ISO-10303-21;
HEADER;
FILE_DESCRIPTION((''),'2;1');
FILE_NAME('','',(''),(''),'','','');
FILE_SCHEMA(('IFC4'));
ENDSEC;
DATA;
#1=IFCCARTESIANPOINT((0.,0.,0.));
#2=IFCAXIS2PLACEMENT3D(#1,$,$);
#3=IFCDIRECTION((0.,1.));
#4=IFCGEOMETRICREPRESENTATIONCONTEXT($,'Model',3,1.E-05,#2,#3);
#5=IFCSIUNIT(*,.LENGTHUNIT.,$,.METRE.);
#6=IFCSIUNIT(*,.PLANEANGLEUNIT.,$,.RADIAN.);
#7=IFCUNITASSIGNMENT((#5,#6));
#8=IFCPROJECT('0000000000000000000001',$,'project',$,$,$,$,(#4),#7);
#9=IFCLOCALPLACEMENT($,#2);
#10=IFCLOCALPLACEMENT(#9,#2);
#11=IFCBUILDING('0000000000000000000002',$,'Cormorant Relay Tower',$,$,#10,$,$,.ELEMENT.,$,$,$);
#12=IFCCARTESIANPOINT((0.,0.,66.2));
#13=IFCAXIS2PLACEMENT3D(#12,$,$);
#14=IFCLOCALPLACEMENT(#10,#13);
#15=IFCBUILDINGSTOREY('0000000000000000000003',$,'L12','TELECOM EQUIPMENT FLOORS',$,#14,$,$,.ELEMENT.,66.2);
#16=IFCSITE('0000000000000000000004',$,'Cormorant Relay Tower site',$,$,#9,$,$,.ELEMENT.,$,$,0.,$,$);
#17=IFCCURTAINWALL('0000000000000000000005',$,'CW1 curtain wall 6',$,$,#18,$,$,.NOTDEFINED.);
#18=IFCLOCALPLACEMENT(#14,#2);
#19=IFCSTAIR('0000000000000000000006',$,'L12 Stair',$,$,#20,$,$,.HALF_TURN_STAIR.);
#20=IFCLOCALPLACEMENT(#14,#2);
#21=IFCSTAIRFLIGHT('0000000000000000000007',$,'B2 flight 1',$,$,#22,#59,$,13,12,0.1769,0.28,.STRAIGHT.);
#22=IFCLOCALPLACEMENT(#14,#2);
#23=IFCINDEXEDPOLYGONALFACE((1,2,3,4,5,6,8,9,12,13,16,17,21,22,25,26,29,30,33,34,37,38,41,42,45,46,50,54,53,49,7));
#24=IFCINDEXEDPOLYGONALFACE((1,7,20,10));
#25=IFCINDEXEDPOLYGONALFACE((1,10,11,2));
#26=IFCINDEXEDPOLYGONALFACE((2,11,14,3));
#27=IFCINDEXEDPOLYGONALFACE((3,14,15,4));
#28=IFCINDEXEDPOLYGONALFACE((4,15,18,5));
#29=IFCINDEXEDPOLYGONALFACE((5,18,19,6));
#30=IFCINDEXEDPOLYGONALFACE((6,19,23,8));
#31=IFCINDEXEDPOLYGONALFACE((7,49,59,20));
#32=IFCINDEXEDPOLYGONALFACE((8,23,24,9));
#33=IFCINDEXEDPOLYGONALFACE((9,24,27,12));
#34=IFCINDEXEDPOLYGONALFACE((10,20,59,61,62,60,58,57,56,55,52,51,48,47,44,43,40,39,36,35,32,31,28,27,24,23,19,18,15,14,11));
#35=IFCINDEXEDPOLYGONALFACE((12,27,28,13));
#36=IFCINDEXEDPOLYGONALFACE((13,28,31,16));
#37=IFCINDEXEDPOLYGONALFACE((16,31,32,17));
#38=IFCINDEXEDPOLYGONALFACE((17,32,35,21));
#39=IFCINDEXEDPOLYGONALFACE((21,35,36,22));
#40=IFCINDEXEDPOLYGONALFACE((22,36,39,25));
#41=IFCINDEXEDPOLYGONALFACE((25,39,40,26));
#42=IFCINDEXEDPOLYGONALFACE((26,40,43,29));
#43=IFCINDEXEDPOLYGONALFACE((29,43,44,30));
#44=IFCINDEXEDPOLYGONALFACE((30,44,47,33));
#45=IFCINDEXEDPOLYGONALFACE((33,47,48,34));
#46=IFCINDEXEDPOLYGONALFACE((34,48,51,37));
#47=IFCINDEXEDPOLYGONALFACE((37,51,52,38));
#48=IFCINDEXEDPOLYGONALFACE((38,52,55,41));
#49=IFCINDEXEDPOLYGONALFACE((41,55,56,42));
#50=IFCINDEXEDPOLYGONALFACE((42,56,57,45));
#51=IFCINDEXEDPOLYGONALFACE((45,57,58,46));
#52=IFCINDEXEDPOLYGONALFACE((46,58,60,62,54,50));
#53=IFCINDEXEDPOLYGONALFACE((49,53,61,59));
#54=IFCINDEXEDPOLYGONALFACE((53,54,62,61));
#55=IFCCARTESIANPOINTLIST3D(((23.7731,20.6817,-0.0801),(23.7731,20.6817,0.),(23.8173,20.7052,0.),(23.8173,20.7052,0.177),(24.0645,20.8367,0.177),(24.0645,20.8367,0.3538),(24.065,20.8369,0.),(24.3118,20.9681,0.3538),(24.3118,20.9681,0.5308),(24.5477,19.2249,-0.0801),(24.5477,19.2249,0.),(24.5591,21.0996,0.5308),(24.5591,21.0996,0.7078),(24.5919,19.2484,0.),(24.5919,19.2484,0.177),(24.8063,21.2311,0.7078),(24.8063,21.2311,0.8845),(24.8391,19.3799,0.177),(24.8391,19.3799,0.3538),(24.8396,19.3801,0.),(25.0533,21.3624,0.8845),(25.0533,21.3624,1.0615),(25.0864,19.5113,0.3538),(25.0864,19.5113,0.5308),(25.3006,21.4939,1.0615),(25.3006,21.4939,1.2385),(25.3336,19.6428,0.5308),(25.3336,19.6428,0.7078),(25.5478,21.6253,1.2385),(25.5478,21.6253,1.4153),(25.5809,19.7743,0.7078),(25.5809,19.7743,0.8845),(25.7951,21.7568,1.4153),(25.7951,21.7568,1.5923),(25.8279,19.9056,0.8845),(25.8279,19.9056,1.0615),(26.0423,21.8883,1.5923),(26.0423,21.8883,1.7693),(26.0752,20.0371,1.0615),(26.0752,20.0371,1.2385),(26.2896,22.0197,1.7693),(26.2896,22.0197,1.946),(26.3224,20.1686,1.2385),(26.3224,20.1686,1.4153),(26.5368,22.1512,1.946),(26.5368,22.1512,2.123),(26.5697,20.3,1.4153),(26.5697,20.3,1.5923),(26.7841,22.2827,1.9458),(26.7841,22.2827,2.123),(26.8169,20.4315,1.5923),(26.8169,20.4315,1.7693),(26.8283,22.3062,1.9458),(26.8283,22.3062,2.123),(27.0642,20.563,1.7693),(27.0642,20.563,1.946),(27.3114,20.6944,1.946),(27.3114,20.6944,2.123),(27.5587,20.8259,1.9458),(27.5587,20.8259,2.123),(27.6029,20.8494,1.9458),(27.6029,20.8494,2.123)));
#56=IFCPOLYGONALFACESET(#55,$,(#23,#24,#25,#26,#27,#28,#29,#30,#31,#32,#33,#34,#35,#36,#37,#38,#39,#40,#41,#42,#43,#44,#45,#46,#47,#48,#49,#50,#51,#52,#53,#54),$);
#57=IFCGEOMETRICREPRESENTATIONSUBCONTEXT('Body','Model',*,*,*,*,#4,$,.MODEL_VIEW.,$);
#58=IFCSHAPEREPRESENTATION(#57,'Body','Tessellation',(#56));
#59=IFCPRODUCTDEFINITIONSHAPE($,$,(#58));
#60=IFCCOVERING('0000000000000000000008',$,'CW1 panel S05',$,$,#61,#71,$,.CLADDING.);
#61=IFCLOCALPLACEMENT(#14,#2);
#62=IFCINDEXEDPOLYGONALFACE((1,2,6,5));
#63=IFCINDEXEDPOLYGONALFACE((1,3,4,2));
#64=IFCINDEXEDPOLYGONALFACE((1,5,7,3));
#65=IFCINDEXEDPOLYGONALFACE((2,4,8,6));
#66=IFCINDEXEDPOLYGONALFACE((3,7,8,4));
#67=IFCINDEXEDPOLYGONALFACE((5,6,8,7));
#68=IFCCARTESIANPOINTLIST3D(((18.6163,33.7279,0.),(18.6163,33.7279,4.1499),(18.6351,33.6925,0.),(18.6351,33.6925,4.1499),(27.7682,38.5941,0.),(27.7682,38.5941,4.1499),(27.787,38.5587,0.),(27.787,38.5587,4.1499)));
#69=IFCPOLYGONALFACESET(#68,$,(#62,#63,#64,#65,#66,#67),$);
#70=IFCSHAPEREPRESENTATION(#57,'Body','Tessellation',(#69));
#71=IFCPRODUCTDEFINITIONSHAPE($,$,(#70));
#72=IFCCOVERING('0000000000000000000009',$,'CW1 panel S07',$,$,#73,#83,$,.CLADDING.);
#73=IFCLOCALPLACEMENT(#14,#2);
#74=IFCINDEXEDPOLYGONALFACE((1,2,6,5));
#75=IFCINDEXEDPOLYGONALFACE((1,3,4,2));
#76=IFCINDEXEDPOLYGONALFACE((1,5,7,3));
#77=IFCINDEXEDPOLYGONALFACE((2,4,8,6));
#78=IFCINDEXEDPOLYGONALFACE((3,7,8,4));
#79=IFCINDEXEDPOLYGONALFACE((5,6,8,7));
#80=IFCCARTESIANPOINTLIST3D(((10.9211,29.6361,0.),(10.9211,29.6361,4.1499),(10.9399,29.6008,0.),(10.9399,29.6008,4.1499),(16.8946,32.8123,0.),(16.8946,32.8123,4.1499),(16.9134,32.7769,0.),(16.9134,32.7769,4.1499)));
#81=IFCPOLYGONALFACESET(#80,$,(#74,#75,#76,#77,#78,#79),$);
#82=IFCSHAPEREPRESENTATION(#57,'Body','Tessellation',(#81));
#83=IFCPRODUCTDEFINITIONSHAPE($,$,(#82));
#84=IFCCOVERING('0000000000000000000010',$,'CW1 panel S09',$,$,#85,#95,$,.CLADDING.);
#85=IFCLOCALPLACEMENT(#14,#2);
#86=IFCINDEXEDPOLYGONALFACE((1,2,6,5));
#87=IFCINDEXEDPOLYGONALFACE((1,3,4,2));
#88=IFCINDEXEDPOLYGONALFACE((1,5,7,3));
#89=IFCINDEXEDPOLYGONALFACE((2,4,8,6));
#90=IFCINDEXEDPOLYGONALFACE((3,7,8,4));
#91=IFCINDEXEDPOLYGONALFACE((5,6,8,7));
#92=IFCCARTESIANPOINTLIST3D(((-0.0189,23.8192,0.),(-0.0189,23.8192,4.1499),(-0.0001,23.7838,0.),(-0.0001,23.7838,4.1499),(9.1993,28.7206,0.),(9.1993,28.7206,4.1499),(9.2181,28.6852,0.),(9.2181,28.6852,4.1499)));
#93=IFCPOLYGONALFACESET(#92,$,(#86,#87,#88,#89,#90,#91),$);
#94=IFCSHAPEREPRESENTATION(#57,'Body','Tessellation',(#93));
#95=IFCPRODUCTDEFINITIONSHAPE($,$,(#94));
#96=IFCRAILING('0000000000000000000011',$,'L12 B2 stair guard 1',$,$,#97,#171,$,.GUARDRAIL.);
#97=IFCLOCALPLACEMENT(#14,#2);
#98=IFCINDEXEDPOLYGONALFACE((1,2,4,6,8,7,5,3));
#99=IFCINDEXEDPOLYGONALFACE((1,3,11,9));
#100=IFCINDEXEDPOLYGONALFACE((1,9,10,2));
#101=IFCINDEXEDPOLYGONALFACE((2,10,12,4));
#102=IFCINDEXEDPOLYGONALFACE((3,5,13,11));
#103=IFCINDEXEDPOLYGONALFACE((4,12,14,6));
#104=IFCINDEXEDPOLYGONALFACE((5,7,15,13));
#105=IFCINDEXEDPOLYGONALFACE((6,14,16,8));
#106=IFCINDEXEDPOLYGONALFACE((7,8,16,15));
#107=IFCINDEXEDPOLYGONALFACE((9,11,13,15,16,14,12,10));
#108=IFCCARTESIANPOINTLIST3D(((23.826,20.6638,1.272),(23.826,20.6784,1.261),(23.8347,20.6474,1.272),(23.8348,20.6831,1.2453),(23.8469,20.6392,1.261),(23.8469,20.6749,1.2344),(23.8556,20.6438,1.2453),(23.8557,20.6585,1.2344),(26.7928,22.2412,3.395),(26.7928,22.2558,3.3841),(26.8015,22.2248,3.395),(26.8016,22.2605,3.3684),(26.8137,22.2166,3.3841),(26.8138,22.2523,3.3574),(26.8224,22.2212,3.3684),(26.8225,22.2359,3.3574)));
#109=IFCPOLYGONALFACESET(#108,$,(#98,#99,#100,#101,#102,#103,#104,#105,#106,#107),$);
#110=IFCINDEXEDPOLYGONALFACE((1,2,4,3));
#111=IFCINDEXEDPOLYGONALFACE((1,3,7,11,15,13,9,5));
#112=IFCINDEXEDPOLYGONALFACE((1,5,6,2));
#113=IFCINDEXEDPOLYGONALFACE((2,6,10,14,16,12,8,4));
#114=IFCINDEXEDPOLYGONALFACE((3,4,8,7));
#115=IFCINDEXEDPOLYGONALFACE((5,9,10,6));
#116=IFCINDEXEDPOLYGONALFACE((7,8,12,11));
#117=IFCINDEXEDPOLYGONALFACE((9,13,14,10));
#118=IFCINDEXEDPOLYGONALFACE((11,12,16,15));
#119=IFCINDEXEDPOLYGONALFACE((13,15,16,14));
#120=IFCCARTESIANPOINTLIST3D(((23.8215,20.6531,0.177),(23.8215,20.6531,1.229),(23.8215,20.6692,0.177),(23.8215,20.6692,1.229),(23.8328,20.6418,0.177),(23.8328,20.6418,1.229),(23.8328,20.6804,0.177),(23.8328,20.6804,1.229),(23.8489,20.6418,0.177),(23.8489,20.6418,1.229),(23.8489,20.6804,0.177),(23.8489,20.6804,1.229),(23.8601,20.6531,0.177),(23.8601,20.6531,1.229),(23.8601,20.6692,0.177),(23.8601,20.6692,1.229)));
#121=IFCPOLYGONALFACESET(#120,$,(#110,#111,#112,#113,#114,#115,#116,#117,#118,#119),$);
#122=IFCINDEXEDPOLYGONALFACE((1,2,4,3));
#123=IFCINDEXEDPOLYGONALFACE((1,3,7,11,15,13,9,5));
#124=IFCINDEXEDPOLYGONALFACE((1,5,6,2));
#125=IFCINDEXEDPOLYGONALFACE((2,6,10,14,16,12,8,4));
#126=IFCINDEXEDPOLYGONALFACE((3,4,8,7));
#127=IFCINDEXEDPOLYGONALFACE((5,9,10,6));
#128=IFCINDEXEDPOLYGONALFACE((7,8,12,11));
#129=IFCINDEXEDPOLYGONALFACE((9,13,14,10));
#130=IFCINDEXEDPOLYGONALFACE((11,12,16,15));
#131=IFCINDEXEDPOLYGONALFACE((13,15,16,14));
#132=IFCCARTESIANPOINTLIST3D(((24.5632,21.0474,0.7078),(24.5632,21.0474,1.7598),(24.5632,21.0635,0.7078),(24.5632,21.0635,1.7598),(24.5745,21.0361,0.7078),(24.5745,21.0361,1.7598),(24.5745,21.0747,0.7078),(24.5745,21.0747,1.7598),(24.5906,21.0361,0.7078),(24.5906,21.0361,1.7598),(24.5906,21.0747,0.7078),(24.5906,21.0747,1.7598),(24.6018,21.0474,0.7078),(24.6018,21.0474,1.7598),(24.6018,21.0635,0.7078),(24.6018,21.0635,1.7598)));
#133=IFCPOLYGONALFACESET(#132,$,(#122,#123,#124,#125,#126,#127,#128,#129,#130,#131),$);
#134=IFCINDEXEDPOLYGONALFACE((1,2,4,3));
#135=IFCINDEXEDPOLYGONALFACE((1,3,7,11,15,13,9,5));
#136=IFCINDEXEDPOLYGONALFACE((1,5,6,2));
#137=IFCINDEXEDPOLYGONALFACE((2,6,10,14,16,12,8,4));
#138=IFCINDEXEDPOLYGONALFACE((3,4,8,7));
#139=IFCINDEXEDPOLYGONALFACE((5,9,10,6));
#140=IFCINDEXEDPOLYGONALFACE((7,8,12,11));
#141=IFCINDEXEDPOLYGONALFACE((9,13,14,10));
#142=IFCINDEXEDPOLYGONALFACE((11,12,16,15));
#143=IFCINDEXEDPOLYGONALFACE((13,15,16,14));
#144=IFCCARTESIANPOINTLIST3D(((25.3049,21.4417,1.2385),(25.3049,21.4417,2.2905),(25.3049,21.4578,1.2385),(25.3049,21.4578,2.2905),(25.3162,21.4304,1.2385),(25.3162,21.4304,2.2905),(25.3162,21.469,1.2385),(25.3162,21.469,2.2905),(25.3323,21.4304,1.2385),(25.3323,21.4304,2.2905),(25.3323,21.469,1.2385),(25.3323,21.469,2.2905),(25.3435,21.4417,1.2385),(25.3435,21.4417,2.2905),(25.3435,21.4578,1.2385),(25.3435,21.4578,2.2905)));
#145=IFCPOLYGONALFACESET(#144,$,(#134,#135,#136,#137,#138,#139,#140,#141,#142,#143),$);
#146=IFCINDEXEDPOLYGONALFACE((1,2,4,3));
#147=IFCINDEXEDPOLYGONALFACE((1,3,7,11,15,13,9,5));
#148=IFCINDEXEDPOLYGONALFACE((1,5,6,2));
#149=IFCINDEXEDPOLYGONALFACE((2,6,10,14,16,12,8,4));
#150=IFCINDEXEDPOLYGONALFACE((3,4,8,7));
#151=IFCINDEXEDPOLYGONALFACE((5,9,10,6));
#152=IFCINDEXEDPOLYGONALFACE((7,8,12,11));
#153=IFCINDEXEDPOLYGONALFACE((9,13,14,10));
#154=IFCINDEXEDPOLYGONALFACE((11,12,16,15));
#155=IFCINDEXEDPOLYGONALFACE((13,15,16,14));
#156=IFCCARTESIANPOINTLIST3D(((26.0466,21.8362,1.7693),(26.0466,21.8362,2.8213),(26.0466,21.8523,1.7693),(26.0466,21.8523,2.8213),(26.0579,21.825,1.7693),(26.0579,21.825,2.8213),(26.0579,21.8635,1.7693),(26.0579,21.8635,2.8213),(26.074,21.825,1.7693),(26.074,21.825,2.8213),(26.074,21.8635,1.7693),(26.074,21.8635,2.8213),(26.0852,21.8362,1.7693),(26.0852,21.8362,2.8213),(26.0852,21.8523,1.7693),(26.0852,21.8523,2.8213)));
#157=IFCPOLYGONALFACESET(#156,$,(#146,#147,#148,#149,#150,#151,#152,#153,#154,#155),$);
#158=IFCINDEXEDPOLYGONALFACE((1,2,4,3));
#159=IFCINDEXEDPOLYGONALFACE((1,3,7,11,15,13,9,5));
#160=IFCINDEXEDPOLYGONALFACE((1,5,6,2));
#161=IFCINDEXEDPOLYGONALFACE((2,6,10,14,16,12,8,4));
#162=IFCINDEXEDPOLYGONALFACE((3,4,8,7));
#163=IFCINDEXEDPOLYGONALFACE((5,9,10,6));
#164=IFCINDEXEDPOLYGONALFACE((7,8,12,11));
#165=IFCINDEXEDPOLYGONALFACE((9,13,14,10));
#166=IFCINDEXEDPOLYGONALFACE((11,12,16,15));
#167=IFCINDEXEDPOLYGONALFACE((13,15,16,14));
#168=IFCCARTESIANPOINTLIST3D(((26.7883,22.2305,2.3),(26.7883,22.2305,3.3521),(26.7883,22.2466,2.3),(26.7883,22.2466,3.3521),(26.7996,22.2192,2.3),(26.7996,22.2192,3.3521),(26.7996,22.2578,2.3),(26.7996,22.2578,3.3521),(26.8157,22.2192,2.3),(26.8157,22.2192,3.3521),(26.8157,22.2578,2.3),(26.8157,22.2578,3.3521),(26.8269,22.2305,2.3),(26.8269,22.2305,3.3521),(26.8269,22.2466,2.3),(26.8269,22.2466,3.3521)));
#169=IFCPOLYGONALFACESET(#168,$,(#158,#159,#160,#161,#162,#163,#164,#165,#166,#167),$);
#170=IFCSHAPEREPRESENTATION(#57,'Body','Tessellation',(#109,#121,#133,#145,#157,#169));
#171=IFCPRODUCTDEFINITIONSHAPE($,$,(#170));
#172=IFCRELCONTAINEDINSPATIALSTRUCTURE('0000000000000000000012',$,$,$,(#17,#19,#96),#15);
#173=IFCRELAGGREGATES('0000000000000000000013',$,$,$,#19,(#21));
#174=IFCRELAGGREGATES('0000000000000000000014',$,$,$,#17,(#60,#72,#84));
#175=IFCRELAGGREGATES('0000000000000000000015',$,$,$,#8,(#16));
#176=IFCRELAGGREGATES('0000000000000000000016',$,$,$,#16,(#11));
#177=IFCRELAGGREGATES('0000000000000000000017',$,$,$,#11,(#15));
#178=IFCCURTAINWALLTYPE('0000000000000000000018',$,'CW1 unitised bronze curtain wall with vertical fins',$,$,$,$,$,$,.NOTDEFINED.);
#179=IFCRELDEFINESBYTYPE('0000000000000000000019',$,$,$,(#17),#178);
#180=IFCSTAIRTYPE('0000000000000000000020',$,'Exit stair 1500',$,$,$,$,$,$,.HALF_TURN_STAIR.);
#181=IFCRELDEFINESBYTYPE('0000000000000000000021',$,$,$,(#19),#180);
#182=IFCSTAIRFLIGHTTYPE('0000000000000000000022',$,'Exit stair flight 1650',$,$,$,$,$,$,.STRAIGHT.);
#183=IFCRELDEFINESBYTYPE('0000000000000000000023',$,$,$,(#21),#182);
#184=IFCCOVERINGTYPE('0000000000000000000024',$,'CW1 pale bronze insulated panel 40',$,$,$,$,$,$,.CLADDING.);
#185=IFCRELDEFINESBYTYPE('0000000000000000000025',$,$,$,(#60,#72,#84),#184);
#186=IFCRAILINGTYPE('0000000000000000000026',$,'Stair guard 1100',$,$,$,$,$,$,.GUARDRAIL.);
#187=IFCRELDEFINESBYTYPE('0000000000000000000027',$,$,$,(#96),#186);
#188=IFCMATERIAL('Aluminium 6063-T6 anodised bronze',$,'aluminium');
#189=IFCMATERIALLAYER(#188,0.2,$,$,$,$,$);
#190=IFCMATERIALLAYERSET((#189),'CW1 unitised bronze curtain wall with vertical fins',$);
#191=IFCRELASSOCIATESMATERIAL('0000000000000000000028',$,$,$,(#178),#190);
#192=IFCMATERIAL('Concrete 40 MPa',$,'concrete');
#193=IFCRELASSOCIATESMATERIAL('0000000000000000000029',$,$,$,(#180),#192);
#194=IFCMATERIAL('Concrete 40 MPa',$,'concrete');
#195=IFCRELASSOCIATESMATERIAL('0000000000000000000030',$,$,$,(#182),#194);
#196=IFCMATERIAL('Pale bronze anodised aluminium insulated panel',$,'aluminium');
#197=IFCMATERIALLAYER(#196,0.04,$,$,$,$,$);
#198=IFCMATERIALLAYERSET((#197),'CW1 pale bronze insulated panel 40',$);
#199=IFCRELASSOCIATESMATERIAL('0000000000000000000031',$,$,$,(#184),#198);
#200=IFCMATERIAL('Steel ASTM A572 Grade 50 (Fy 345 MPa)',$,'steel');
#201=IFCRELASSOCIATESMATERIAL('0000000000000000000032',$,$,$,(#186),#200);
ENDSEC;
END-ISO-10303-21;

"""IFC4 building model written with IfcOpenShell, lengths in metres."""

from ifc_helpers import new_model, si_unit, direction, frame, origin, origin_2d, place, context, subcontext, project, spatial, polyline, rectangle, outline, extrude, material, layer, layer_set, type_object, element, aggregate, save


model = new_model("IFC4")

# Units and contexts
model_context = context("Model", 3, precision=1e-05, world=origin(), true_north=direction((0.0, 1.0)))
body_context = subcontext(model_context, "Body", "Model", "MODEL_VIEW")
ifc_project = project(units=[si_unit("LENGTHUNIT", "METRE"), si_unit("PLANEANGLEUNIT", "RADIAN")], contexts=[model_context])

# Site, building, storey
site_placement = place(None, origin())
site = spatial("IfcSite", under=ifc_project, at=site_placement, Name="Cormorant Relay Tower site", CompositionType="ELEMENT", RefElevation=0.0)
building_placement = place(site_placement, origin())
building = spatial("IfcBuilding", under=site, at=building_placement, Name="Cormorant Relay Tower", CompositionType="ELEMENT")
storey_placement = place(building_placement, frame((0.0, 0.0, 66.2)))
storey = spatial("IfcBuildingStorey", under=building, at=storey_placement, Name="L12", Description="TELECOM EQUIPMENT FLOORS", CompositionType="ELEMENT", Elevation=66.2)

# Curtain wall
ifc_material_1 = material(Name="Aluminium 6063-T6 anodised bronze", Category="aluminium")
ifc_layer_1 = layer(ifc_material_1, 0.2)
ifc_layer_set_1 = layer_set([ifc_layer_1], Name="CW1 unitised bronze curtain wall with vertical fins")
curtain_wall_type = type_object("IfcCurtainWallType", Name="CW1 unitised bronze curtain wall with vertical fins", PredefinedType="NOTDEFINED", material=ifc_layer_set_1)
curtain_wall_1_placement = place(storey_placement, origin())
curtain_wall_1 = element("IfcCurtainWall", 1, at=curtain_wall_1_placement, inside=storey, type_object=curtain_wall_type, Name="CW1 curtain wall 6", PredefinedType="NOTDEFINED")

# Stair, stair flight
ifc_material_2 = material(Name="Concrete 40 MPa", Category="concrete")
stair_type = type_object("IfcStairType", Name="Exit stair 1500", PredefinedType="HALF_TURN_STAIR", material=ifc_material_2)
stair_placement = place(storey_placement, origin())
stair = element("IfcStair", 2, at=stair_placement, inside=storey, type_object=stair_type, Name="L12 Stair", PredefinedType="HALF_TURN_STAIR")
ifc_material_3 = material(Name="Concrete 40 MPa", Category="concrete")
stair_flight_type = type_object("IfcStairFlightType", Name="Exit stair flight 1650", PredefinedType="STRAIGHT", material=ifc_material_3)
stair_flight_placement = place(storey_placement, frame((24.2046, 19.9768, 0.0), z_axis=(0.0, 0.0, 1.0), x_axis=(0.882948, 0.469472, 0.0)))
stair_flight = element("IfcStairFlight", 3, at=stair_flight_placement, type_object=stair_flight_type, Name="B2 flight 1", NumberOfRisers=13, NumberOfTreads=12, PredefinedType="STRAIGHT", RiserHeight=0.1769, TreadLength=0.28, context=body_context, shape_type="SweptSolid", body=[
    extrude(outline(polyline([(-0.05, -0.0801), (-0.05, 0.0), (0.0, 0.0), (0.0, 0.177), (0.28, 0.177), (0.28, 0.3538), (0.5601, 0.3538), (0.5601, 0.5308), (0.8401, 0.5308), (0.8401, 0.7078), (1.1201, 0.7078), (1.1201, 0.8845), (1.3999, 0.8845), (1.3999, 1.0615), (1.6799, 1.0615), (1.6799, 1.2385), (1.96, 1.2385), (1.96, 1.4153), (2.24, 1.4153), (2.24, 1.5923), (2.52, 1.5923), (2.52, 1.7693), (2.8, 1.7693), (2.8, 1.946), (3.0801, 1.946), (3.0801, 2.123), (3.3601, 2.123), (3.4102, 2.123), (3.4102, 1.9458), (3.3601, 1.9458), (0.2805, 0.0), (-0.05, -0.0801)])), frame((0.0, 0.825, 0.0), z_axis=(0.0, -1.0, 0.0), x_axis=(1.0, 0.0, 0.0)), (0.0, 0.0, 1.0), 1.6499),
])
aggregate(stair, [stair_flight])

# Coverings
ifc_material_4 = material(Name="Pale bronze anodised aluminium insulated panel", Category="aluminium")
ifc_layer_2 = layer(ifc_material_4, 0.04)
ifc_layer_set_2 = layer_set([ifc_layer_2], Name="CW1 pale bronze insulated panel 40")
covering_type = type_object("IfcCoveringType", Name="CW1 pale bronze insulated panel 40", PredefinedType="CLADDING", material=ifc_layer_set_2)
covering_1_placement = place(storey_placement, frame((23.2017, 36.1433, 0.0), z_axis=(0.0, 0.0, 1.0), x_axis=(-0.882948, -0.469472, 0.0)))
covering_1 = element("IfcCovering", 4, at=covering_1_placement, type_object=covering_type, Name="CW1 panel S05", PredefinedType="CLADDING", context=body_context, shape_type="SweptSolid", body=[
    extrude(rectangle(XDim=10.3652, YDim=0.04, at=origin_2d()), origin(), (0.0, 0.0, 1.0), 4.1499),
])
covering_2_placement = place(storey_placement, frame((13.9172, 31.2065, 0.0), z_axis=(0.0, 0.0, 1.0), x_axis=(-0.882948, -0.469472, 0.0)))
covering_2 = element("IfcCovering", 5, at=covering_2_placement, type_object=covering_type, Name="CW1 panel S07", PredefinedType="CLADDING", context=body_context, shape_type="SweptSolid", body=[
    extrude(rectangle(XDim=6.7654, YDim=0.04, at=origin_2d()), origin(), (0.0, 0.0, 1.0), 4.1499),
])
covering_3_placement = place(storey_placement, frame((4.5996, 26.2522, 0.0), z_axis=(0.0, 0.0, 1.0), x_axis=(-0.882948, -0.469472, 0.0)))
covering_3 = element("IfcCovering", 6, at=covering_3_placement, type_object=covering_type, Name="CW1 panel S09", PredefinedType="CLADDING", context=body_context, shape_type="SweptSolid", body=[
    extrude(rectangle(XDim=10.4402, YDim=0.04, at=origin_2d()), origin(), (0.0, 0.0, 1.0), 4.1499),
])
aggregate(curtain_wall_1, [covering_1, covering_2, covering_3])

# Railing
ifc_material_5 = material(Name="Steel ASTM A572 Grade 50 (Fy 345 MPa)", Category="steel")
railing_type_1 = type_object("IfcRailingType", Name="Stair guard 1100", PredefinedType="GUARDRAIL", material=ifc_material_5)
railing_1_placement = place(storey_placement, frame((23.8408, 20.6611, 0.177)))
element("IfcRailing", 7, at=railing_1_placement, inside=storey, type_object=railing_type_1, Name="L12 B2 stair guard 1", PredefinedType="GUARDRAIL", context=body_context, shape_type="SweptSolid", body=[
    extrude(outline(polyline([(0.0222, 0.0093), (0.0093, 0.0222), (-0.0093, 0.0222), (-0.0222, 0.0093), (-0.0222, -0.0093), (-0.0093, -0.0222), (0.0093, -0.0222), (0.0222, -0.0093), (0.0222, 0.0093)])), frame((0.0, 0.0, 1.0762), z_axis=(0.746441, 0.396869, 0.534155), x_axis=(-0.469453, 0.882958, 0.0)), (0.0, 0.0, 1.0), 3.9746),
    extrude(outline(polyline([(0.0193, 0.0081), (0.0081, 0.0193), (-0.0081, 0.0193), (-0.0193, 0.0081), (-0.0193, -0.0081), (-0.0081, -0.0193), (0.0081, -0.0193), (0.0193, -0.0081), (0.0193, 0.0081)])), origin(), (0.0, 0.0, 1.0), 1.052),
    extrude(outline(polyline([(0.0193, 0.0081), (0.0081, 0.0193), (-0.0081, 0.0193), (-0.0193, 0.0081), (-0.0193, -0.0081), (-0.0081, -0.0193), (0.0081, -0.0193), (0.0193, -0.0081), (0.0193, 0.0081)])), frame((0.7417, 0.3943, 0.5308)), (0.0, 0.0, 1.0), 1.052),
    extrude(outline(polyline([(0.0193, 0.0081), (0.0081, 0.0193), (-0.0081, 0.0193), (-0.0193, 0.0081), (-0.0193, -0.0081), (-0.0081, -0.0193), (0.0081, -0.0193), (0.0193, -0.0081), (0.0193, 0.0081)])), frame((1.4834, 0.7886, 1.0615)), (0.0, 0.0, 1.0), 1.052),
    extrude(outline(polyline([(0.0193, 0.0081), (0.0081, 0.0193), (-0.0081, 0.0193), (-0.0193, 0.0081), (-0.0193, -0.0081), (-0.0081, -0.0193), (0.0081, -0.0193), (0.0193, -0.0081), (0.0193, 0.0081)])), frame((2.2251, 1.1831, 1.5923)), (0.0, 0.0, 1.0), 1.052),
    extrude(outline(polyline([(0.0193, 0.0081), (0.0081, 0.0193), (-0.0081, 0.0193), (-0.0193, 0.0081), (-0.0193, -0.0081), (-0.0081, -0.0193), (0.0081, -0.0193), (0.0193, -0.0081), (0.0193, 0.0081)])), frame((2.9668, 1.5774, 2.123)), (0.0, 0.0, 1.0), 1.052),
])

save(model, "model.ifc")
